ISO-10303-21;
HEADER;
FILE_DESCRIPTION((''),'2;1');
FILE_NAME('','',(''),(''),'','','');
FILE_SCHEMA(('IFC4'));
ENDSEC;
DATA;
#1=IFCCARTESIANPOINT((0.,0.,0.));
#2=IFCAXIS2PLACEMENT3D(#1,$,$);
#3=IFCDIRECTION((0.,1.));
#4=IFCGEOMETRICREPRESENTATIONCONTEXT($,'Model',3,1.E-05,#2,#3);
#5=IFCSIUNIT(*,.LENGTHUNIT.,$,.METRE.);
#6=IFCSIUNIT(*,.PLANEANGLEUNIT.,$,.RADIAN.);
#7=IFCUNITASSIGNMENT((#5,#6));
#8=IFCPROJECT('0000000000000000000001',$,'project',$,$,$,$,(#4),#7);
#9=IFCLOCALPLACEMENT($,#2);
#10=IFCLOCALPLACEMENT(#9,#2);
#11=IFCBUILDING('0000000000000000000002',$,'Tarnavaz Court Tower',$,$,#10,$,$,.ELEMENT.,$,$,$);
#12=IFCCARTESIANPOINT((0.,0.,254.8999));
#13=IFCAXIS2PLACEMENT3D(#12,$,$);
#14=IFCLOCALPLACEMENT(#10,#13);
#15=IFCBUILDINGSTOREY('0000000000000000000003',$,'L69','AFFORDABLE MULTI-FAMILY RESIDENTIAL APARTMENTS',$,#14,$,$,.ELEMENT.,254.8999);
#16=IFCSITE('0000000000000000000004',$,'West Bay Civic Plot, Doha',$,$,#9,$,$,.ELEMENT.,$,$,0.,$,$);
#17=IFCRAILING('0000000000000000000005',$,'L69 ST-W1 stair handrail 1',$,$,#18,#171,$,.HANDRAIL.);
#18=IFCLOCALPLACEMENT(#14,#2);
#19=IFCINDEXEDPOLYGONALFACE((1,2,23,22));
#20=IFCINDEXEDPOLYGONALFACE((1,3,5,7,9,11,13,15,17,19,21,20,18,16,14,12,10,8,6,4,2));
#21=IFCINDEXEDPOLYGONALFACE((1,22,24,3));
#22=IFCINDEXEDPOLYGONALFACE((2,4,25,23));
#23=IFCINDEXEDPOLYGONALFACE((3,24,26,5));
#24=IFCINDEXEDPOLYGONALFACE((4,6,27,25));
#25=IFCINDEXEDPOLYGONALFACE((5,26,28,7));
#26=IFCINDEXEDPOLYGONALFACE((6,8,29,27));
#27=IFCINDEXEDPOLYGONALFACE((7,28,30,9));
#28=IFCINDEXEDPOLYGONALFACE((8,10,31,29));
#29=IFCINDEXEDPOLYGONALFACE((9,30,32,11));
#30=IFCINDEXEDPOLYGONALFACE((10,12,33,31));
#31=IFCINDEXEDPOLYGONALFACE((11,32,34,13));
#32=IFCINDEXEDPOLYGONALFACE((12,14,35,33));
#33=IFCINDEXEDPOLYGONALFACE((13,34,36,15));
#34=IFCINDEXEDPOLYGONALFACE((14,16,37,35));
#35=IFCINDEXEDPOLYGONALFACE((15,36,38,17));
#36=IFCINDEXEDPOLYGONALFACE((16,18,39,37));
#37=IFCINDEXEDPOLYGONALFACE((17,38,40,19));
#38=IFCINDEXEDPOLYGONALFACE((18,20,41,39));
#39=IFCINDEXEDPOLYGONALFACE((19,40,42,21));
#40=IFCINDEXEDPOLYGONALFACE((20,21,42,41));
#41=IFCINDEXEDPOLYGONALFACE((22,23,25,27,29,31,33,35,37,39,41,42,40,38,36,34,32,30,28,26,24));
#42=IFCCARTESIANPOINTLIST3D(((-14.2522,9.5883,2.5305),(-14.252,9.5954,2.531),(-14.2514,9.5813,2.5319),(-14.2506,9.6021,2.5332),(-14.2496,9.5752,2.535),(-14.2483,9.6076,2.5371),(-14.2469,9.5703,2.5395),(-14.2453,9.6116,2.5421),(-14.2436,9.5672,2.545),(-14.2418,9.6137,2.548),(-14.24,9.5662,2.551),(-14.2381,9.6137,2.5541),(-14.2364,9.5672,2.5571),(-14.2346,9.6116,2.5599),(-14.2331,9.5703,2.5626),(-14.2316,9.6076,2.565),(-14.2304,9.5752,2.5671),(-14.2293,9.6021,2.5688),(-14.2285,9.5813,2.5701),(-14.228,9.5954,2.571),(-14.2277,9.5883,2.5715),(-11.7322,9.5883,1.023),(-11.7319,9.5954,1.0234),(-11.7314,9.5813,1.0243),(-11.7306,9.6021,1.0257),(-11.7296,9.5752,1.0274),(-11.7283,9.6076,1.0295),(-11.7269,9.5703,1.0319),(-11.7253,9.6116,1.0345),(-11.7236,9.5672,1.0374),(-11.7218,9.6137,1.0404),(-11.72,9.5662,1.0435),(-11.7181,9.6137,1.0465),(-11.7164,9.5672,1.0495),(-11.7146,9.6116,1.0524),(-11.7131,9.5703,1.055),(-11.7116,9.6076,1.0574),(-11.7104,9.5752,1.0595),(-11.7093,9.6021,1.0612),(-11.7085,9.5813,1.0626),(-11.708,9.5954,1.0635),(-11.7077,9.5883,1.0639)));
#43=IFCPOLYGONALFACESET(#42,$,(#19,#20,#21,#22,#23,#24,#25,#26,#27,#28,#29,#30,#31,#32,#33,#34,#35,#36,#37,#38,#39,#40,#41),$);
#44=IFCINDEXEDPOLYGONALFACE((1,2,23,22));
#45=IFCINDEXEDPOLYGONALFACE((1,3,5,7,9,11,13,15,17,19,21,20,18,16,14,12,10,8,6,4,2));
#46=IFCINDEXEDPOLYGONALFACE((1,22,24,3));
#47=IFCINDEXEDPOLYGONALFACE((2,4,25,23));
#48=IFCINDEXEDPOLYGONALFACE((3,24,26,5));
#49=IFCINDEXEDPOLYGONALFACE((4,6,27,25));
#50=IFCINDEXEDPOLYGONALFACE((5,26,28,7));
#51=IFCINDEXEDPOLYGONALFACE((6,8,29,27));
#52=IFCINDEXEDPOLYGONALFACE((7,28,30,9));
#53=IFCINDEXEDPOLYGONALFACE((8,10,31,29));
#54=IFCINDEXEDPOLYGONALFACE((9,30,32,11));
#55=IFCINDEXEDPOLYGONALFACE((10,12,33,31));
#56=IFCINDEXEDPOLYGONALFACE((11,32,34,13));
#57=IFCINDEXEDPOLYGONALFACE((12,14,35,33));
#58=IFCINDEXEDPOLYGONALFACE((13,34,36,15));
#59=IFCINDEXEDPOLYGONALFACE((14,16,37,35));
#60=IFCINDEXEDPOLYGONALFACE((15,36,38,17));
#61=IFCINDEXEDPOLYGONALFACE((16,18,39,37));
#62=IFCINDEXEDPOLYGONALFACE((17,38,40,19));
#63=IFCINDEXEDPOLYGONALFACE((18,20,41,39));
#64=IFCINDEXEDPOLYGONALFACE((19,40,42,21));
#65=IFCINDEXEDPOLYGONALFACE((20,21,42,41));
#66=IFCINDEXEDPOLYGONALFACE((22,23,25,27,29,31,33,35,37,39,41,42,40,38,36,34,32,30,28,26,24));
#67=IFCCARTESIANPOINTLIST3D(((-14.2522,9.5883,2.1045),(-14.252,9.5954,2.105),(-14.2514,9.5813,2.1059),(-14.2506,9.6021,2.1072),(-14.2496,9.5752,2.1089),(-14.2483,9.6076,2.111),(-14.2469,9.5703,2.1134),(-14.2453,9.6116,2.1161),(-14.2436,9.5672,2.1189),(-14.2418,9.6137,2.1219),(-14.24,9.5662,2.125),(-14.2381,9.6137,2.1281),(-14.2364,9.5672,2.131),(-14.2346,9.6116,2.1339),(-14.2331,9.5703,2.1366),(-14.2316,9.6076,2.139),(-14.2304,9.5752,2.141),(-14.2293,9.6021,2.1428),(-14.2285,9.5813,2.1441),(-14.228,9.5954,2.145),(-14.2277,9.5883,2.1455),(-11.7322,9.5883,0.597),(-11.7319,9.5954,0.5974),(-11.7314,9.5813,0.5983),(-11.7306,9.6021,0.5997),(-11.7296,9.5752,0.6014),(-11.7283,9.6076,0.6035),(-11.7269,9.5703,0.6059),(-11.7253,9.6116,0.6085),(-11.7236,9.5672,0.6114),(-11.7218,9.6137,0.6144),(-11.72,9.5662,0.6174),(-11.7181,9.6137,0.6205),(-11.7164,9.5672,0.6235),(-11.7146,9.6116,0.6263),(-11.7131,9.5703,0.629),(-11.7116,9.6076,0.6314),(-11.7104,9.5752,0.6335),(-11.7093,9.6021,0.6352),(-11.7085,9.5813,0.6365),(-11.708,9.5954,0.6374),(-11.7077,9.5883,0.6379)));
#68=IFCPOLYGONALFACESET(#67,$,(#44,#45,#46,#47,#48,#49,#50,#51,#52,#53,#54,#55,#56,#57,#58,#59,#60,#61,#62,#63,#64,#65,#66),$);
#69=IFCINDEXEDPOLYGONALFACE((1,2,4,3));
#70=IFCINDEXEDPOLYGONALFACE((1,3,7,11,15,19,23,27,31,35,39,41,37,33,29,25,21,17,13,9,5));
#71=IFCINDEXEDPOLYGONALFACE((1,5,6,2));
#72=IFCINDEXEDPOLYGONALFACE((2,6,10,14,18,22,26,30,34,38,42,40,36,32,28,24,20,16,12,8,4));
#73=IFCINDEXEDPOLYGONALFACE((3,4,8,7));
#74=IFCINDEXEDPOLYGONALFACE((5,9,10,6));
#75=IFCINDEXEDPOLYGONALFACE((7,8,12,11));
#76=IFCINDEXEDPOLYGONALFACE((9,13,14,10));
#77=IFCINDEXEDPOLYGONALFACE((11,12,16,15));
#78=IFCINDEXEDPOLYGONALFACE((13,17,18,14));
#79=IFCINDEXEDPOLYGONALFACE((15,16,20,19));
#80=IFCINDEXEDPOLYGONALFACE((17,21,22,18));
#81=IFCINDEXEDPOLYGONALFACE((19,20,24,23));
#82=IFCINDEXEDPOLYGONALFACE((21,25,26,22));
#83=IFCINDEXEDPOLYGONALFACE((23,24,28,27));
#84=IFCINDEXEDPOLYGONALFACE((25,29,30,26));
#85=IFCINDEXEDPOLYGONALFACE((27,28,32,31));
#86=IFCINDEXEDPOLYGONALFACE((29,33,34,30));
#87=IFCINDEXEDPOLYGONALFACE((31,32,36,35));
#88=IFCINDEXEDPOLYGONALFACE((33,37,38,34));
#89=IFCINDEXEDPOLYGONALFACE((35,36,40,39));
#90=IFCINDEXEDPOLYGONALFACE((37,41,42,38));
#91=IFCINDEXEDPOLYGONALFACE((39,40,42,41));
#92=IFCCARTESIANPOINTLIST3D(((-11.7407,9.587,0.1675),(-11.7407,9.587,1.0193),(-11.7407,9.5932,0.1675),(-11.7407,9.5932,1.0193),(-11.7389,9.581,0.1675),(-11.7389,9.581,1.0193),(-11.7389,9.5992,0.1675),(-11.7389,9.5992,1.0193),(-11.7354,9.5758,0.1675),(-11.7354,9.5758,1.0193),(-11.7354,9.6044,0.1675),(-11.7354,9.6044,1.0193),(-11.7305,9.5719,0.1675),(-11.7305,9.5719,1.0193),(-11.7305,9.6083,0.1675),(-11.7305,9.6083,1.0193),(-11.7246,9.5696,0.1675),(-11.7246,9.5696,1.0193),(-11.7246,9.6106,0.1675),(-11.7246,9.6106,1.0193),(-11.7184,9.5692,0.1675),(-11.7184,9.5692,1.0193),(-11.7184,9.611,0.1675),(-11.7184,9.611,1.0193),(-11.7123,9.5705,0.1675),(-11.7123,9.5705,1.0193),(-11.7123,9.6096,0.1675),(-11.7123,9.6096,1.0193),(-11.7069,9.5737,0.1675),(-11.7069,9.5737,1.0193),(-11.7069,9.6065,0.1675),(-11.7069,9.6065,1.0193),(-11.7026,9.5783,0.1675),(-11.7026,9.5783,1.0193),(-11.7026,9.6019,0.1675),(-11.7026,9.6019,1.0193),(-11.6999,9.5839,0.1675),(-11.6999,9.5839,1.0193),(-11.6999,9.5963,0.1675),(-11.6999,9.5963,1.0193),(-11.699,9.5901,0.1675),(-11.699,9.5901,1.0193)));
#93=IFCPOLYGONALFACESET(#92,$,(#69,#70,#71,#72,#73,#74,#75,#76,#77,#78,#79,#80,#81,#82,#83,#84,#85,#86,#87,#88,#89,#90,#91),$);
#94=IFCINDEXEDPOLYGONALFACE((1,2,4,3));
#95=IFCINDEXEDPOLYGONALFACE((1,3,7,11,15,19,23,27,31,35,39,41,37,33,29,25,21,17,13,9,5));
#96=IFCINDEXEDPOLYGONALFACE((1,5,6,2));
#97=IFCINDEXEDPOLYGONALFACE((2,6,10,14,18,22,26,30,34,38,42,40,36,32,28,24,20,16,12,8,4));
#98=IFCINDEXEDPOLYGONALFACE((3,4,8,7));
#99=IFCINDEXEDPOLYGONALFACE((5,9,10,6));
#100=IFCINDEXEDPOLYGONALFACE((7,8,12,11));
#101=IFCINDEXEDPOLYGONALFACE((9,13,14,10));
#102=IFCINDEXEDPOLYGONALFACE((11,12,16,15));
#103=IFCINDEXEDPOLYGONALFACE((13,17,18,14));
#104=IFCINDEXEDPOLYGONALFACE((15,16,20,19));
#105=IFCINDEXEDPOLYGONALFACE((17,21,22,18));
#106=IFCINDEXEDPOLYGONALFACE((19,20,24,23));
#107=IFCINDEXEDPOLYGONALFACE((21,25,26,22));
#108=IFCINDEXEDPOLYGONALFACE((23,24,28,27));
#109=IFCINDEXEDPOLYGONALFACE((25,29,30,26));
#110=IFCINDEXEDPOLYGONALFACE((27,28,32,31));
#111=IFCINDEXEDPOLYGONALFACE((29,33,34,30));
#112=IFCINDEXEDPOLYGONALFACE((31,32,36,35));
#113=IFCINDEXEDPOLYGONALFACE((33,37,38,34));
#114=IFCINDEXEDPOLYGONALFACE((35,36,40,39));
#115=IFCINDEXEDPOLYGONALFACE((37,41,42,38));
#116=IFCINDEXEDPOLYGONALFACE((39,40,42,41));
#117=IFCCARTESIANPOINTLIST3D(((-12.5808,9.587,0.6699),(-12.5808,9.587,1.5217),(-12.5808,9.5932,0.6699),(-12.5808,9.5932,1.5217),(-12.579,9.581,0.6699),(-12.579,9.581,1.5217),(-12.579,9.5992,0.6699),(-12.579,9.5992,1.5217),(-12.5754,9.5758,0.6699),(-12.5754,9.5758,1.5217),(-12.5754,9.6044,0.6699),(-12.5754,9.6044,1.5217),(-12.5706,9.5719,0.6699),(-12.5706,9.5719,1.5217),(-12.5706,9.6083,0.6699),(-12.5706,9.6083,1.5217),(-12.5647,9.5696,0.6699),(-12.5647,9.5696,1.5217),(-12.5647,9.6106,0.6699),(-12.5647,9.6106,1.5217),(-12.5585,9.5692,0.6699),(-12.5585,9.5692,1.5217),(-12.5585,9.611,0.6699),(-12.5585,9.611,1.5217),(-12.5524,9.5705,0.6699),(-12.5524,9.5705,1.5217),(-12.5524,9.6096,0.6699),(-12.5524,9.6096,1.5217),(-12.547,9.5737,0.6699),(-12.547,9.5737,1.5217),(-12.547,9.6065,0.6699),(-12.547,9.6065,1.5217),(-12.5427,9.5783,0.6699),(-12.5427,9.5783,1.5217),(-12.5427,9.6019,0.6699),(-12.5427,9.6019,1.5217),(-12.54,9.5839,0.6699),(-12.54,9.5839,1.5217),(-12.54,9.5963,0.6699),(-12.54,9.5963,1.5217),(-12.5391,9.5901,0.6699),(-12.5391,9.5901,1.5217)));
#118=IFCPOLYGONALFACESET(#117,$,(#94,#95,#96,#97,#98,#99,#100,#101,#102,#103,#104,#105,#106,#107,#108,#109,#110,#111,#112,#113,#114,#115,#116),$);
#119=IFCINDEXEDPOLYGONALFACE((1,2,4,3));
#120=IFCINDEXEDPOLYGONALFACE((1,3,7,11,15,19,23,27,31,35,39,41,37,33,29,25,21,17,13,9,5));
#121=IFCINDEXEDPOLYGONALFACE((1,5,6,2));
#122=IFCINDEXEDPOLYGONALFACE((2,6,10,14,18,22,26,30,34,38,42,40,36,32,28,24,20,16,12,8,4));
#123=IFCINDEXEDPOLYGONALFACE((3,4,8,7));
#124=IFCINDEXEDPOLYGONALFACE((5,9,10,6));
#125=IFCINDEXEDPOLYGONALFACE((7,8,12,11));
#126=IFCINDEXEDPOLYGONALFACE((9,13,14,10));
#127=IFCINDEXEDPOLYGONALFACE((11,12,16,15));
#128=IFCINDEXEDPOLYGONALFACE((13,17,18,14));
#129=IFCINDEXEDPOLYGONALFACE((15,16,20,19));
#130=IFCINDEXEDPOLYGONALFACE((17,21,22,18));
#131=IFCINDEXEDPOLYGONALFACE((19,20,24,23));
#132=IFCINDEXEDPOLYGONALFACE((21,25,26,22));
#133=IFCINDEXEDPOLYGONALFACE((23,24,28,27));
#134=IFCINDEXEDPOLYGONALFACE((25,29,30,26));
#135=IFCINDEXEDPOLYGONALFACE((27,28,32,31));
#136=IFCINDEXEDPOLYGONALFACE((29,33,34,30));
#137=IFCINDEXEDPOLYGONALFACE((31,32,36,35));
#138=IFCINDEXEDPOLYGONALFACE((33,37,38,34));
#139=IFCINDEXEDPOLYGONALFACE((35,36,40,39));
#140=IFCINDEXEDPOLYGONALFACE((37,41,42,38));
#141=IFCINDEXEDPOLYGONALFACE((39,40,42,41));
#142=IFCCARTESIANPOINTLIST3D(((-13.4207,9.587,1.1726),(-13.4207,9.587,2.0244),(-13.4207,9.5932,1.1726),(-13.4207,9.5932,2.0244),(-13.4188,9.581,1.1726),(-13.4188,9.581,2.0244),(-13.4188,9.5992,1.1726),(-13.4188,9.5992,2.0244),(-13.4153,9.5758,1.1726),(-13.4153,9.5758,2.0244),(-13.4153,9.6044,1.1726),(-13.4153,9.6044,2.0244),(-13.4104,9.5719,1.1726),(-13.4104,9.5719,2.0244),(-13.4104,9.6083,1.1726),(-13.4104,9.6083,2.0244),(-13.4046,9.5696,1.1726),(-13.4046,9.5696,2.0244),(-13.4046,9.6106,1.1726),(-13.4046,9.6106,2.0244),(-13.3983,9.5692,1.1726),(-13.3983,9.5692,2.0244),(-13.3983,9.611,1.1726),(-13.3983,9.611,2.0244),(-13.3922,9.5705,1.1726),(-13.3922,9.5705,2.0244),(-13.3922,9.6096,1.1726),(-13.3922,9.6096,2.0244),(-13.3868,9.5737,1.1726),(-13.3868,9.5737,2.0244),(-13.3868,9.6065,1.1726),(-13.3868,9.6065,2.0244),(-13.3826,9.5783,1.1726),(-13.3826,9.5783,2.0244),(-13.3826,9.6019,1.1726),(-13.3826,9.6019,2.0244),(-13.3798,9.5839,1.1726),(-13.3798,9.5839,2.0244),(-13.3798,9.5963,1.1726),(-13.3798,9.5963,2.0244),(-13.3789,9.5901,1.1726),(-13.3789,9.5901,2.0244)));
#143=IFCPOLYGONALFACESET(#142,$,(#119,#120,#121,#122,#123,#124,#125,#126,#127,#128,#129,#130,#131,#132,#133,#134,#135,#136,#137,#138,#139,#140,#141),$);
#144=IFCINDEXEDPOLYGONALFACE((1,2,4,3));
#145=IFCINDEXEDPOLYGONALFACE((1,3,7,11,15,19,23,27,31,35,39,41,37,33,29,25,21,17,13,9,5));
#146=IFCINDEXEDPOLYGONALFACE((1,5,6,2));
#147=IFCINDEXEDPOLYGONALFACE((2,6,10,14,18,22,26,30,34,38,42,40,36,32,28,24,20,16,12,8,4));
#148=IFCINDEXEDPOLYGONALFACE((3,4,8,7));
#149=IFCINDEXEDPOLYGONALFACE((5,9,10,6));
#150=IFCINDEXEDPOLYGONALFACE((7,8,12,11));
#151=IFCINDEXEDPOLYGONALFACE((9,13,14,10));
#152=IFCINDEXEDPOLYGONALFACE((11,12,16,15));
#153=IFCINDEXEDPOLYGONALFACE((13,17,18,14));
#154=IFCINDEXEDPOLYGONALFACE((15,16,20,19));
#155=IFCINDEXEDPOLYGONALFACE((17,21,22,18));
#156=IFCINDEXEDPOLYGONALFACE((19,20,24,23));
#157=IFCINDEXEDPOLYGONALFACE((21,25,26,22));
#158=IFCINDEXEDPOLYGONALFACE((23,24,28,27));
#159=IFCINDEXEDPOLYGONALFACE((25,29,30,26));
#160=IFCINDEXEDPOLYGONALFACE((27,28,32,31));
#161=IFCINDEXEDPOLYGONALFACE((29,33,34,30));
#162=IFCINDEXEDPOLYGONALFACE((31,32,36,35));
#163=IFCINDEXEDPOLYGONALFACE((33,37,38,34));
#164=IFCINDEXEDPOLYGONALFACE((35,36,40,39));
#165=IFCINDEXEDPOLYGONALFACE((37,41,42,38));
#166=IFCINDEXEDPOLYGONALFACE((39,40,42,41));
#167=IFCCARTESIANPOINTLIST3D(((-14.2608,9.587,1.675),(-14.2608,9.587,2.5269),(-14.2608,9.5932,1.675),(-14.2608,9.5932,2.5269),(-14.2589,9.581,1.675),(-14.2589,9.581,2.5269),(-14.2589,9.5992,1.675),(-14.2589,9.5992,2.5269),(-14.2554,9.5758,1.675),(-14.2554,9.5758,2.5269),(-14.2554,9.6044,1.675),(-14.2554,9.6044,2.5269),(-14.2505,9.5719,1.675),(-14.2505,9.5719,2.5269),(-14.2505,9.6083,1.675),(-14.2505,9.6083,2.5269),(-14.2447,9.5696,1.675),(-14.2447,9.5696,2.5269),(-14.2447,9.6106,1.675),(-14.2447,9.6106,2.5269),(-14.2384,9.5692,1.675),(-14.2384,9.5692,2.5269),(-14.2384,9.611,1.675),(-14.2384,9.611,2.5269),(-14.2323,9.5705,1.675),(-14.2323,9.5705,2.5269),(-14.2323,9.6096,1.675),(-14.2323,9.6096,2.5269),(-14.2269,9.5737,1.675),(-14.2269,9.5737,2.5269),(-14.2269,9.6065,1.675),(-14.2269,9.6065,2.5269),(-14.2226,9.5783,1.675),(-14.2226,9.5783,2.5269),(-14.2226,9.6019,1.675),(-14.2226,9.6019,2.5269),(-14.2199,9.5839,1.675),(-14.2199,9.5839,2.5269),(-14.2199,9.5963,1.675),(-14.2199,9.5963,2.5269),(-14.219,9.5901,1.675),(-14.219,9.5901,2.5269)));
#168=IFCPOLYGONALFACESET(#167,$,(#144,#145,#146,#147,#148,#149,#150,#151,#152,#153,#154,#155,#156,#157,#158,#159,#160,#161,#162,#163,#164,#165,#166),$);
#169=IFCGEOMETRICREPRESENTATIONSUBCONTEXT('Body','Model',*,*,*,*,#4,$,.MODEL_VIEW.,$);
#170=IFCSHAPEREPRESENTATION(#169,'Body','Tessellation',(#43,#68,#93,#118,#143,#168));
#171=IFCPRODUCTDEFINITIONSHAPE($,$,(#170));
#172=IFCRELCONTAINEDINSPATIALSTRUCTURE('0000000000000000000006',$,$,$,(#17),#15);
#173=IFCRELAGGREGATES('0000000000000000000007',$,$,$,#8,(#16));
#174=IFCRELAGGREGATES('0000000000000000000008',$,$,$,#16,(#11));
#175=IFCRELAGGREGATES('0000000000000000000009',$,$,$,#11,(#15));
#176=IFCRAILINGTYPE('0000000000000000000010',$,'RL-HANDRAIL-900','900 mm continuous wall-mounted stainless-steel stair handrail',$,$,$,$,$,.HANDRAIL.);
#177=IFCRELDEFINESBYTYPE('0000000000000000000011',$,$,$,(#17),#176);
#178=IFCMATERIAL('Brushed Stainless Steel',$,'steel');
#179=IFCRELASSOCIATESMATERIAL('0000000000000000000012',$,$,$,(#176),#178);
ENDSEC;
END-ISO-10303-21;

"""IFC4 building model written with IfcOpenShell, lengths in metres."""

from ifc_helpers import new_model, si_unit, direction, frame, origin, origin_2d, place, context, subcontext, project, spatial, circle, extrude, material, type_object, element, save


model = new_model("IFC4")

# Units and contexts
model_context = context("Model", 3, precision=1e-05, world=origin(), true_north=direction((0.0, 1.0)))
body_context = subcontext(model_context, "Body", "Model", "MODEL_VIEW")
ifc_project = project(units=[si_unit("LENGTHUNIT", "METRE"), si_unit("PLANEANGLEUNIT", "RADIAN")], contexts=[model_context])

# Site, building, storey
site_placement = place(None, origin())
site = spatial("IfcSite", under=ifc_project, at=site_placement, Name="West Bay Civic Plot, Doha", CompositionType="ELEMENT", RefElevation=0.0)
building_placement = place(site_placement, origin())
building = spatial("IfcBuilding", under=site, at=building_placement, Name="Tarnavaz Court Tower", CompositionType="ELEMENT")
storey_placement = place(building_placement, frame((0.0, 0.0, 254.8999)))
storey = spatial("IfcBuildingStorey", under=building, at=storey_placement, Name="L69", Description="AFFORDABLE MULTI-FAMILY RESIDENTIAL APARTMENTS", CompositionType="ELEMENT", Elevation=254.8999)

# Railing
ifc_material_1 = material(Name="Brushed Stainless Steel", Category="steel")
railing_type_1 = type_object("IfcRailingType", Name="RL-HANDRAIL-900", Description="900 mm continuous wall-mounted stainless-steel stair handrail", PredefinedType="HANDRAIL", material=ifc_material_1)
railing_1_placement = place(storey_placement, frame((-11.72, 9.5901, 0.1675)))
element("IfcRailing", 1, at=railing_1_placement, inside=storey, type_object=railing_type_1, Name="L69 ST-W1 stair handrail 1", PredefinedType="HANDRAIL", context=body_context, shape_type="SweptSolid", body=[
    extrude(circle(Radius=0.0239, at=origin_2d()), frame((0.0, 0.0, 0.876), z_axis=(-0.85816, 0.0, 0.513383), x_axis=(0.0, -1.0, 0.0)), (0.0, 0.0, 1.0), 2.9365),
    extrude(circle(Radius=0.0239, at=origin_2d()), frame((0.0, 0.0, 0.45), z_axis=(-0.85816, 0.0, 0.513383), x_axis=(0.0, -1.0, 0.0)), (0.0, 0.0, 1.0), 2.9365),
    extrude(circle(Radius=0.021, at=origin_2d()), origin(), (0.0, 0.0, 1.0), 0.8518),
    extrude(circle(Radius=0.021, at=origin_2d()), frame((-0.8401, 0.0, 0.5024)), (0.0, 0.0, 1.0), 0.8518),
    extrude(circle(Radius=0.021, at=origin_2d()), frame((-1.6799, 0.0, 1.0051)), (0.0, 0.0, 1.0), 0.8518),
    extrude(circle(Radius=0.021, at=origin_2d()), frame((-2.52, 0.0, 1.5076)), (0.0, 0.0, 1.0), 0.8518),
])

save(model, "model.ifc")
